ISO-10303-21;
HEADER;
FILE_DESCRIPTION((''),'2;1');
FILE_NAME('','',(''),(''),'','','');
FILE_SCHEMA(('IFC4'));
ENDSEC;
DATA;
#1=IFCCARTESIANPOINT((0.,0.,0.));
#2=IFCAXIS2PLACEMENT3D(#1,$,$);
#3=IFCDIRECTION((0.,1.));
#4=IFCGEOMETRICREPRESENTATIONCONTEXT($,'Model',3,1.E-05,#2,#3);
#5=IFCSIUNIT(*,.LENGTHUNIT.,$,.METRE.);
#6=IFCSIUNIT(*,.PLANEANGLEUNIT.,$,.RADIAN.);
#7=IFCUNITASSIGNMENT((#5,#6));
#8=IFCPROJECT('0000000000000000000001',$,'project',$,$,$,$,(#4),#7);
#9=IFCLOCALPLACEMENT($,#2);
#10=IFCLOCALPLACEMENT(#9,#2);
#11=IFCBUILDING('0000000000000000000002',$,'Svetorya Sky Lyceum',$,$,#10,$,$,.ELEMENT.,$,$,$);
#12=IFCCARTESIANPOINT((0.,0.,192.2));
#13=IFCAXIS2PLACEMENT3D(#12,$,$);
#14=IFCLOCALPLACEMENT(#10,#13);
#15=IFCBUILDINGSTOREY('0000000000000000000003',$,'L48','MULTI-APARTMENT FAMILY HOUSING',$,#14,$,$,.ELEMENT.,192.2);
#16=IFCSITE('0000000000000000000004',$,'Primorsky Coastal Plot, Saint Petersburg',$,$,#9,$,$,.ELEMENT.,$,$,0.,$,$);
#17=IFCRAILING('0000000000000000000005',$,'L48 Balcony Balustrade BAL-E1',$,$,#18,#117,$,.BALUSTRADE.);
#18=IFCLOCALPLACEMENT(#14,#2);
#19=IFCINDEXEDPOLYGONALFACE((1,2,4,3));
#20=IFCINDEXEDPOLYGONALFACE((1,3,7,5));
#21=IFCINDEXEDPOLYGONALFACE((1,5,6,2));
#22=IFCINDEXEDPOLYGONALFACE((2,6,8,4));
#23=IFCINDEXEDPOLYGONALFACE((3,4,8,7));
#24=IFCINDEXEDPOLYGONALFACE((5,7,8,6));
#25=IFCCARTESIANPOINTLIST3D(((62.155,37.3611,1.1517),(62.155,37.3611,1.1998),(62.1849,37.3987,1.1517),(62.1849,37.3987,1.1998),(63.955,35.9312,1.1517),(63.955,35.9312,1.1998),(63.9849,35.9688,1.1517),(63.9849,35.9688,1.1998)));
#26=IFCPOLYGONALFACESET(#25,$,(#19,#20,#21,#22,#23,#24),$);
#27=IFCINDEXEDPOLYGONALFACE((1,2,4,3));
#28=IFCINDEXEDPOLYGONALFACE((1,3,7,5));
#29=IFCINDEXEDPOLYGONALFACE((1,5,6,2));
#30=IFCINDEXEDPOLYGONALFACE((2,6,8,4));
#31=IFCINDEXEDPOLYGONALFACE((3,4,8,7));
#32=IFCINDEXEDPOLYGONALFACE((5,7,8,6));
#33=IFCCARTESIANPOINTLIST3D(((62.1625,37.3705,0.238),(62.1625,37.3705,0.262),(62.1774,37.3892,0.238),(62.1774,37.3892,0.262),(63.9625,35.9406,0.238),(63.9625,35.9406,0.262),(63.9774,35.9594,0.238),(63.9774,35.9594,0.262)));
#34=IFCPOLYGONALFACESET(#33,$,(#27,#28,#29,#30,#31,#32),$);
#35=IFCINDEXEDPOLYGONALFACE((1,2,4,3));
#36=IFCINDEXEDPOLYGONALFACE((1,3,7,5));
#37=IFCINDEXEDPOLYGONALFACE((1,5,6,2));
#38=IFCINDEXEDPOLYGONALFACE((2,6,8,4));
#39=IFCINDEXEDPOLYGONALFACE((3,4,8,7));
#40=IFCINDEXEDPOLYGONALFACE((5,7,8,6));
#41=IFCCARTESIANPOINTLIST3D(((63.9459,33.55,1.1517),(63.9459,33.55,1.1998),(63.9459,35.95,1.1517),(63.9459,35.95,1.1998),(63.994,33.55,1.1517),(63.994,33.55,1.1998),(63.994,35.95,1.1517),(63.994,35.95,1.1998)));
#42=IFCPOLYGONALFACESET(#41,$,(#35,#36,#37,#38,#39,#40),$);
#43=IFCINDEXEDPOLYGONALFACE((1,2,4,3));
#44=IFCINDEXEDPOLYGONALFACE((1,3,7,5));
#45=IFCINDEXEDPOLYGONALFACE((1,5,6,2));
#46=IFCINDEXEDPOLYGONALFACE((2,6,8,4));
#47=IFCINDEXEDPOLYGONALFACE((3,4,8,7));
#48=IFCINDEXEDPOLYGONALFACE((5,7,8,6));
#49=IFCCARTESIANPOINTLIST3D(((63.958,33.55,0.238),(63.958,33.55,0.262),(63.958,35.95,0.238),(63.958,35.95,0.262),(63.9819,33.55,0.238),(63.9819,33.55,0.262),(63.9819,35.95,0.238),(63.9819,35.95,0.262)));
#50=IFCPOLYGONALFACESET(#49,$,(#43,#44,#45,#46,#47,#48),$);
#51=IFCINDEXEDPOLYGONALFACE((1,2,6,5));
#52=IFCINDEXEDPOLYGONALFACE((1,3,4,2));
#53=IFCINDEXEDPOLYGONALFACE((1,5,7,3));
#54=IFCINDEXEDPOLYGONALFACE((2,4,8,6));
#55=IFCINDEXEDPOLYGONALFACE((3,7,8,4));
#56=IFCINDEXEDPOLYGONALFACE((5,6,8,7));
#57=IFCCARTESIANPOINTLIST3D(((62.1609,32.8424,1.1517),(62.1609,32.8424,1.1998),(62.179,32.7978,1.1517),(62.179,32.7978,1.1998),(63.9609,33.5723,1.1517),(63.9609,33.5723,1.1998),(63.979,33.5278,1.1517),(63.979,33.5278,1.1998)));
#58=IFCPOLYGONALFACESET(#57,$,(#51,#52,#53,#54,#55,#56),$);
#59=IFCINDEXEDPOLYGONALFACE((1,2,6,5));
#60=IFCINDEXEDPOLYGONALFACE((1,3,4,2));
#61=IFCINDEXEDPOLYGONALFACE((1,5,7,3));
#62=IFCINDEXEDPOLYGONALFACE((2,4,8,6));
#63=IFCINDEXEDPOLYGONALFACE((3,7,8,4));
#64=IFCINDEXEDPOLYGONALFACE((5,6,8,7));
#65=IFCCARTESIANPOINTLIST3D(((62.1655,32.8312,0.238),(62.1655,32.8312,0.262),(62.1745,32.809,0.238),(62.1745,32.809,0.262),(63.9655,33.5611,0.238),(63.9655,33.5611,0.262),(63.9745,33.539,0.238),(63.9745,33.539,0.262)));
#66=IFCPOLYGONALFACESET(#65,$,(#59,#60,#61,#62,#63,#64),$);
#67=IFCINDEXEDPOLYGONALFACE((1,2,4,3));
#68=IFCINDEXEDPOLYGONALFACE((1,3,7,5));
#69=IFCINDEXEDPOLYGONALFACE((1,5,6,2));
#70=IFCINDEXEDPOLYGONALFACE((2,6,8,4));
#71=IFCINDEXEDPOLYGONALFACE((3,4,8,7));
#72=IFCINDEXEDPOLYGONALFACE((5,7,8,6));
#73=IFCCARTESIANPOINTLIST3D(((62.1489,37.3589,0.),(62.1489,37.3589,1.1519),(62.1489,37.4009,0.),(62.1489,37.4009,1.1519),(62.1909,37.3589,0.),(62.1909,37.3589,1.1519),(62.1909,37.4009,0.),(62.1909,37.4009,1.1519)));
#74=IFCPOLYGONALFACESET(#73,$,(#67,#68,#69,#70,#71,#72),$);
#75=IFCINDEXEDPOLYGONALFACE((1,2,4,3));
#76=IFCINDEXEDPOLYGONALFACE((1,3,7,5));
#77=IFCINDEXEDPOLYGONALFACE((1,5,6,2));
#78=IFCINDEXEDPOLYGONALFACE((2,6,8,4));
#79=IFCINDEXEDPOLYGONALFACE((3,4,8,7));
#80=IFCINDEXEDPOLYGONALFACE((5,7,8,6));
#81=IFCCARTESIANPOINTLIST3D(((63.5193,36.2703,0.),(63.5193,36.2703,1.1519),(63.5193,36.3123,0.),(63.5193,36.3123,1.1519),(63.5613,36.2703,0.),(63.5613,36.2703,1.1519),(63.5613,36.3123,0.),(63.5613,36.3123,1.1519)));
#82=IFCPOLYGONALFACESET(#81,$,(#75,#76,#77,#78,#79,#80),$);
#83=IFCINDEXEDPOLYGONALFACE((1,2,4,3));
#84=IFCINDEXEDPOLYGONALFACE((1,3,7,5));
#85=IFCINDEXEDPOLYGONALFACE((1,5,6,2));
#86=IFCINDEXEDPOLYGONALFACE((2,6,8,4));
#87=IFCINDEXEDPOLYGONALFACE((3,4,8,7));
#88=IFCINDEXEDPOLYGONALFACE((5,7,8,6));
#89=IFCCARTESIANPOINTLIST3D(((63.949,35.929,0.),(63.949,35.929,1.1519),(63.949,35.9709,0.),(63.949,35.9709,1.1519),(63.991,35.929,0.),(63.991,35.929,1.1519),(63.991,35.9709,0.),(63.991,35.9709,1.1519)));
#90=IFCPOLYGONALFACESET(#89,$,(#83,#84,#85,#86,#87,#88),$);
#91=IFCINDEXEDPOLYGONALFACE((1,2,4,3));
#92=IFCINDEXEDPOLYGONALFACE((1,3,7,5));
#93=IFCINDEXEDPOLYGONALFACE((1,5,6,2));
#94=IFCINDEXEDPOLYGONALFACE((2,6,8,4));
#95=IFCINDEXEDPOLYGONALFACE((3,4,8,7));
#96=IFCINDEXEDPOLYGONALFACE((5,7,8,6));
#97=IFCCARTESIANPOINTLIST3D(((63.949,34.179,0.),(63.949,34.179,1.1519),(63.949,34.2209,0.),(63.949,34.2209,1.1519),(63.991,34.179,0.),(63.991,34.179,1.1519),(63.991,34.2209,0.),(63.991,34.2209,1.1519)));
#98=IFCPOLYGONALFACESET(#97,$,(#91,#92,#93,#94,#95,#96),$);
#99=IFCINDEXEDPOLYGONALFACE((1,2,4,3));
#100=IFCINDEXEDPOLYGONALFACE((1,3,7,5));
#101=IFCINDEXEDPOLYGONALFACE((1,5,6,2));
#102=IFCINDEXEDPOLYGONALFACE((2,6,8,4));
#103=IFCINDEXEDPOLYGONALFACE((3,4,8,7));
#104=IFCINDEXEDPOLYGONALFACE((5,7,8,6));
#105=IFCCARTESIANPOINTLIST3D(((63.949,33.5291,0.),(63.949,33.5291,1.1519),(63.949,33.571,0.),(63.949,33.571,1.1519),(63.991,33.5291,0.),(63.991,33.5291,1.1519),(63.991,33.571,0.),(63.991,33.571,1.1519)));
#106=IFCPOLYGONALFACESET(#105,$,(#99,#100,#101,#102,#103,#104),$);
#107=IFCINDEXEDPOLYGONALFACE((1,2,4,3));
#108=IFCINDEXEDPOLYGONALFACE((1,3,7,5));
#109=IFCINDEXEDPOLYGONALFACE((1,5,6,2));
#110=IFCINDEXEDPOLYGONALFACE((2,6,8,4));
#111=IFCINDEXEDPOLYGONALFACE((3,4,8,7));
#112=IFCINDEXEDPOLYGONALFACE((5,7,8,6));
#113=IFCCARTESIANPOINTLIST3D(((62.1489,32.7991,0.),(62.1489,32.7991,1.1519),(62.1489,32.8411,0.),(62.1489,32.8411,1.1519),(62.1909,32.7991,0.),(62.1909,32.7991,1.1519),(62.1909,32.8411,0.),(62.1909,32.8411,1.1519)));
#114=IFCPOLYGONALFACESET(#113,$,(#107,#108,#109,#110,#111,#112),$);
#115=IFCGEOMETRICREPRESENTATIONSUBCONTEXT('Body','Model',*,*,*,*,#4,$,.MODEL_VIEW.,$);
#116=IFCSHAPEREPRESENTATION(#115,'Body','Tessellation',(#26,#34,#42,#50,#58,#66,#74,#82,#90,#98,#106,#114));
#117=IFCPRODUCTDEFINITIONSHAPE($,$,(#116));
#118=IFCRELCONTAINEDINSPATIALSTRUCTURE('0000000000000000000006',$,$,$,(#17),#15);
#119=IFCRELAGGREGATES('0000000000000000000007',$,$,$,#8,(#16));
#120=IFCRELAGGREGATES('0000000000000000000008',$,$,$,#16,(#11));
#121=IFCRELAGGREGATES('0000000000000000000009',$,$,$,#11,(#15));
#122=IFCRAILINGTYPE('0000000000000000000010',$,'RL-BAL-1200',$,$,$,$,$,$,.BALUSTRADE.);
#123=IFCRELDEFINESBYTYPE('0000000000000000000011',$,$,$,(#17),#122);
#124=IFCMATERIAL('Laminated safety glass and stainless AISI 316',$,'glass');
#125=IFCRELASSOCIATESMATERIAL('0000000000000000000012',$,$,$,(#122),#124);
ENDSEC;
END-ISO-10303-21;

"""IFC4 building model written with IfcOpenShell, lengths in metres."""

from ifc_helpers import new_model, si_unit, direction, frame, origin, origin_2d, place, context, subcontext, project, spatial, rectangle, extrude, material, type_object, element, save


model = new_model("IFC4")

# Units and contexts
model_context = context("Model", 3, precision=1e-05, world=origin(), true_north=direction((0.0, 1.0)))
body_context = subcontext(model_context, "Body", "Model", "MODEL_VIEW")
ifc_project = project(units=[si_unit("LENGTHUNIT", "METRE"), si_unit("PLANEANGLEUNIT", "RADIAN")], contexts=[model_context])

# Site, building, storey
site_placement = place(None, origin())
site = spatial("IfcSite", under=ifc_project, at=site_placement, Name="Primorsky Coastal Plot, Saint Petersburg", CompositionType="ELEMENT", RefElevation=0.0)
building_placement = place(site_placement, origin())
building = spatial("IfcBuilding", under=site, at=building_placement, Name="Svetorya Sky Lyceum", CompositionType="ELEMENT")
storey_placement = place(building_placement, frame((0.0, 0.0, 192.2)))
storey = spatial("IfcBuildingStorey", under=building, at=storey_placement, Name="L48", Description="MULTI-APARTMENT FAMILY HOUSING", CompositionType="ELEMENT", Elevation=192.2)

# Railing
ifc_material_1 = material(Name="Laminated safety glass and stainless AISI 316", Category="glass")
railing_type = type_object("IfcRailingType", Name="RL-BAL-1200", PredefinedType="BALUSTRADE", material=ifc_material_1)
railing_placement = place(storey_placement, frame((62.1699, 37.3799, 0.0)))
element("IfcRailing", 1, at=railing_placement, inside=storey, type_object=railing_type, Name="L48 Balcony Balustrade BAL-E1", PredefinedType="BALUSTRADE", context=body_context, shape_type="SweptSolid", body=[
    extrude(rectangle(XDim=0.0481, YDim=0.0481, at=origin_2d()), frame((0.0, 0.0, 1.1758), z_axis=(0.783009, -0.62201, 0.0), x_axis=(0.62201, 0.783009, 0.0)), (0.0, 0.0, 1.0), 2.2988),
    extrude(rectangle(XDim=0.0239, YDim=0.0239, at=origin_2d()), frame((0.0, 0.0, 0.25), z_axis=(0.783009, -0.62201, 0.0), x_axis=(0.62201, 0.783009, 0.0)), (0.0, 0.0, 1.0), 2.2988),
    extrude(rectangle(XDim=0.0481, YDim=0.0481, at=origin_2d()), frame((1.8, -1.4299, 1.1758), z_axis=(0.0, -1.0, 0.0), x_axis=(1.0, 0.0, 0.0)), (0.0, 0.0, 1.0), 2.3999),
    extrude(rectangle(XDim=0.0239, YDim=0.0239, at=origin_2d()), frame((1.8, -1.4299, 0.25), z_axis=(0.0, -1.0, 0.0), x_axis=(1.0, 0.0, 0.0)), (0.0, 0.0, 1.0), 2.3999),
    extrude(rectangle(XDim=0.0481, YDim=0.0481, at=origin_2d()), frame((1.8, -3.8298, 1.1758), z_axis=(-0.926698, -0.375807, 0.0), x_axis=(0.375807, -0.926698, 0.0)), (0.0, 0.0, 1.0), 1.9424),
    extrude(rectangle(XDim=0.0239, YDim=0.0239, at=origin_2d()), frame((1.8, -3.8298, 0.25), z_axis=(-0.926698, -0.375807, 0.0), x_axis=(0.375807, -0.926698, 0.0)), (0.0, 0.0, 1.0), 1.9424),
    extrude(rectangle(XDim=0.042, YDim=0.042, at=origin_2d()), origin(), (0.0, 0.0, 1.0), 1.1519),
    extrude(rectangle(XDim=0.042, YDim=0.042, at=origin_2d()), frame((1.3704, -1.0886, 0.0)), (0.0, 0.0, 1.0), 1.1519),
    extrude(rectangle(XDim=0.042, YDim=0.042, at=origin_2d()), frame((1.8, -1.4299, 0.0)), (0.0, 0.0, 1.0), 1.1519),
    extrude(rectangle(XDim=0.042, YDim=0.042, at=origin_2d()), frame((1.8, -3.1799, 0.0)), (0.0, 0.0, 1.0), 1.1519),
    extrude(rectangle(XDim=0.042, YDim=0.042, at=origin_2d()), frame((1.8, -3.8298, 0.0)), (0.0, 0.0, 1.0), 1.1519),
    extrude(rectangle(XDim=0.042, YDim=0.042, at=origin_2d()), frame((0.0, -4.5598, 0.0)), (0.0, 0.0, 1.0), 1.1519),
])

save(model, "model.ifc")
